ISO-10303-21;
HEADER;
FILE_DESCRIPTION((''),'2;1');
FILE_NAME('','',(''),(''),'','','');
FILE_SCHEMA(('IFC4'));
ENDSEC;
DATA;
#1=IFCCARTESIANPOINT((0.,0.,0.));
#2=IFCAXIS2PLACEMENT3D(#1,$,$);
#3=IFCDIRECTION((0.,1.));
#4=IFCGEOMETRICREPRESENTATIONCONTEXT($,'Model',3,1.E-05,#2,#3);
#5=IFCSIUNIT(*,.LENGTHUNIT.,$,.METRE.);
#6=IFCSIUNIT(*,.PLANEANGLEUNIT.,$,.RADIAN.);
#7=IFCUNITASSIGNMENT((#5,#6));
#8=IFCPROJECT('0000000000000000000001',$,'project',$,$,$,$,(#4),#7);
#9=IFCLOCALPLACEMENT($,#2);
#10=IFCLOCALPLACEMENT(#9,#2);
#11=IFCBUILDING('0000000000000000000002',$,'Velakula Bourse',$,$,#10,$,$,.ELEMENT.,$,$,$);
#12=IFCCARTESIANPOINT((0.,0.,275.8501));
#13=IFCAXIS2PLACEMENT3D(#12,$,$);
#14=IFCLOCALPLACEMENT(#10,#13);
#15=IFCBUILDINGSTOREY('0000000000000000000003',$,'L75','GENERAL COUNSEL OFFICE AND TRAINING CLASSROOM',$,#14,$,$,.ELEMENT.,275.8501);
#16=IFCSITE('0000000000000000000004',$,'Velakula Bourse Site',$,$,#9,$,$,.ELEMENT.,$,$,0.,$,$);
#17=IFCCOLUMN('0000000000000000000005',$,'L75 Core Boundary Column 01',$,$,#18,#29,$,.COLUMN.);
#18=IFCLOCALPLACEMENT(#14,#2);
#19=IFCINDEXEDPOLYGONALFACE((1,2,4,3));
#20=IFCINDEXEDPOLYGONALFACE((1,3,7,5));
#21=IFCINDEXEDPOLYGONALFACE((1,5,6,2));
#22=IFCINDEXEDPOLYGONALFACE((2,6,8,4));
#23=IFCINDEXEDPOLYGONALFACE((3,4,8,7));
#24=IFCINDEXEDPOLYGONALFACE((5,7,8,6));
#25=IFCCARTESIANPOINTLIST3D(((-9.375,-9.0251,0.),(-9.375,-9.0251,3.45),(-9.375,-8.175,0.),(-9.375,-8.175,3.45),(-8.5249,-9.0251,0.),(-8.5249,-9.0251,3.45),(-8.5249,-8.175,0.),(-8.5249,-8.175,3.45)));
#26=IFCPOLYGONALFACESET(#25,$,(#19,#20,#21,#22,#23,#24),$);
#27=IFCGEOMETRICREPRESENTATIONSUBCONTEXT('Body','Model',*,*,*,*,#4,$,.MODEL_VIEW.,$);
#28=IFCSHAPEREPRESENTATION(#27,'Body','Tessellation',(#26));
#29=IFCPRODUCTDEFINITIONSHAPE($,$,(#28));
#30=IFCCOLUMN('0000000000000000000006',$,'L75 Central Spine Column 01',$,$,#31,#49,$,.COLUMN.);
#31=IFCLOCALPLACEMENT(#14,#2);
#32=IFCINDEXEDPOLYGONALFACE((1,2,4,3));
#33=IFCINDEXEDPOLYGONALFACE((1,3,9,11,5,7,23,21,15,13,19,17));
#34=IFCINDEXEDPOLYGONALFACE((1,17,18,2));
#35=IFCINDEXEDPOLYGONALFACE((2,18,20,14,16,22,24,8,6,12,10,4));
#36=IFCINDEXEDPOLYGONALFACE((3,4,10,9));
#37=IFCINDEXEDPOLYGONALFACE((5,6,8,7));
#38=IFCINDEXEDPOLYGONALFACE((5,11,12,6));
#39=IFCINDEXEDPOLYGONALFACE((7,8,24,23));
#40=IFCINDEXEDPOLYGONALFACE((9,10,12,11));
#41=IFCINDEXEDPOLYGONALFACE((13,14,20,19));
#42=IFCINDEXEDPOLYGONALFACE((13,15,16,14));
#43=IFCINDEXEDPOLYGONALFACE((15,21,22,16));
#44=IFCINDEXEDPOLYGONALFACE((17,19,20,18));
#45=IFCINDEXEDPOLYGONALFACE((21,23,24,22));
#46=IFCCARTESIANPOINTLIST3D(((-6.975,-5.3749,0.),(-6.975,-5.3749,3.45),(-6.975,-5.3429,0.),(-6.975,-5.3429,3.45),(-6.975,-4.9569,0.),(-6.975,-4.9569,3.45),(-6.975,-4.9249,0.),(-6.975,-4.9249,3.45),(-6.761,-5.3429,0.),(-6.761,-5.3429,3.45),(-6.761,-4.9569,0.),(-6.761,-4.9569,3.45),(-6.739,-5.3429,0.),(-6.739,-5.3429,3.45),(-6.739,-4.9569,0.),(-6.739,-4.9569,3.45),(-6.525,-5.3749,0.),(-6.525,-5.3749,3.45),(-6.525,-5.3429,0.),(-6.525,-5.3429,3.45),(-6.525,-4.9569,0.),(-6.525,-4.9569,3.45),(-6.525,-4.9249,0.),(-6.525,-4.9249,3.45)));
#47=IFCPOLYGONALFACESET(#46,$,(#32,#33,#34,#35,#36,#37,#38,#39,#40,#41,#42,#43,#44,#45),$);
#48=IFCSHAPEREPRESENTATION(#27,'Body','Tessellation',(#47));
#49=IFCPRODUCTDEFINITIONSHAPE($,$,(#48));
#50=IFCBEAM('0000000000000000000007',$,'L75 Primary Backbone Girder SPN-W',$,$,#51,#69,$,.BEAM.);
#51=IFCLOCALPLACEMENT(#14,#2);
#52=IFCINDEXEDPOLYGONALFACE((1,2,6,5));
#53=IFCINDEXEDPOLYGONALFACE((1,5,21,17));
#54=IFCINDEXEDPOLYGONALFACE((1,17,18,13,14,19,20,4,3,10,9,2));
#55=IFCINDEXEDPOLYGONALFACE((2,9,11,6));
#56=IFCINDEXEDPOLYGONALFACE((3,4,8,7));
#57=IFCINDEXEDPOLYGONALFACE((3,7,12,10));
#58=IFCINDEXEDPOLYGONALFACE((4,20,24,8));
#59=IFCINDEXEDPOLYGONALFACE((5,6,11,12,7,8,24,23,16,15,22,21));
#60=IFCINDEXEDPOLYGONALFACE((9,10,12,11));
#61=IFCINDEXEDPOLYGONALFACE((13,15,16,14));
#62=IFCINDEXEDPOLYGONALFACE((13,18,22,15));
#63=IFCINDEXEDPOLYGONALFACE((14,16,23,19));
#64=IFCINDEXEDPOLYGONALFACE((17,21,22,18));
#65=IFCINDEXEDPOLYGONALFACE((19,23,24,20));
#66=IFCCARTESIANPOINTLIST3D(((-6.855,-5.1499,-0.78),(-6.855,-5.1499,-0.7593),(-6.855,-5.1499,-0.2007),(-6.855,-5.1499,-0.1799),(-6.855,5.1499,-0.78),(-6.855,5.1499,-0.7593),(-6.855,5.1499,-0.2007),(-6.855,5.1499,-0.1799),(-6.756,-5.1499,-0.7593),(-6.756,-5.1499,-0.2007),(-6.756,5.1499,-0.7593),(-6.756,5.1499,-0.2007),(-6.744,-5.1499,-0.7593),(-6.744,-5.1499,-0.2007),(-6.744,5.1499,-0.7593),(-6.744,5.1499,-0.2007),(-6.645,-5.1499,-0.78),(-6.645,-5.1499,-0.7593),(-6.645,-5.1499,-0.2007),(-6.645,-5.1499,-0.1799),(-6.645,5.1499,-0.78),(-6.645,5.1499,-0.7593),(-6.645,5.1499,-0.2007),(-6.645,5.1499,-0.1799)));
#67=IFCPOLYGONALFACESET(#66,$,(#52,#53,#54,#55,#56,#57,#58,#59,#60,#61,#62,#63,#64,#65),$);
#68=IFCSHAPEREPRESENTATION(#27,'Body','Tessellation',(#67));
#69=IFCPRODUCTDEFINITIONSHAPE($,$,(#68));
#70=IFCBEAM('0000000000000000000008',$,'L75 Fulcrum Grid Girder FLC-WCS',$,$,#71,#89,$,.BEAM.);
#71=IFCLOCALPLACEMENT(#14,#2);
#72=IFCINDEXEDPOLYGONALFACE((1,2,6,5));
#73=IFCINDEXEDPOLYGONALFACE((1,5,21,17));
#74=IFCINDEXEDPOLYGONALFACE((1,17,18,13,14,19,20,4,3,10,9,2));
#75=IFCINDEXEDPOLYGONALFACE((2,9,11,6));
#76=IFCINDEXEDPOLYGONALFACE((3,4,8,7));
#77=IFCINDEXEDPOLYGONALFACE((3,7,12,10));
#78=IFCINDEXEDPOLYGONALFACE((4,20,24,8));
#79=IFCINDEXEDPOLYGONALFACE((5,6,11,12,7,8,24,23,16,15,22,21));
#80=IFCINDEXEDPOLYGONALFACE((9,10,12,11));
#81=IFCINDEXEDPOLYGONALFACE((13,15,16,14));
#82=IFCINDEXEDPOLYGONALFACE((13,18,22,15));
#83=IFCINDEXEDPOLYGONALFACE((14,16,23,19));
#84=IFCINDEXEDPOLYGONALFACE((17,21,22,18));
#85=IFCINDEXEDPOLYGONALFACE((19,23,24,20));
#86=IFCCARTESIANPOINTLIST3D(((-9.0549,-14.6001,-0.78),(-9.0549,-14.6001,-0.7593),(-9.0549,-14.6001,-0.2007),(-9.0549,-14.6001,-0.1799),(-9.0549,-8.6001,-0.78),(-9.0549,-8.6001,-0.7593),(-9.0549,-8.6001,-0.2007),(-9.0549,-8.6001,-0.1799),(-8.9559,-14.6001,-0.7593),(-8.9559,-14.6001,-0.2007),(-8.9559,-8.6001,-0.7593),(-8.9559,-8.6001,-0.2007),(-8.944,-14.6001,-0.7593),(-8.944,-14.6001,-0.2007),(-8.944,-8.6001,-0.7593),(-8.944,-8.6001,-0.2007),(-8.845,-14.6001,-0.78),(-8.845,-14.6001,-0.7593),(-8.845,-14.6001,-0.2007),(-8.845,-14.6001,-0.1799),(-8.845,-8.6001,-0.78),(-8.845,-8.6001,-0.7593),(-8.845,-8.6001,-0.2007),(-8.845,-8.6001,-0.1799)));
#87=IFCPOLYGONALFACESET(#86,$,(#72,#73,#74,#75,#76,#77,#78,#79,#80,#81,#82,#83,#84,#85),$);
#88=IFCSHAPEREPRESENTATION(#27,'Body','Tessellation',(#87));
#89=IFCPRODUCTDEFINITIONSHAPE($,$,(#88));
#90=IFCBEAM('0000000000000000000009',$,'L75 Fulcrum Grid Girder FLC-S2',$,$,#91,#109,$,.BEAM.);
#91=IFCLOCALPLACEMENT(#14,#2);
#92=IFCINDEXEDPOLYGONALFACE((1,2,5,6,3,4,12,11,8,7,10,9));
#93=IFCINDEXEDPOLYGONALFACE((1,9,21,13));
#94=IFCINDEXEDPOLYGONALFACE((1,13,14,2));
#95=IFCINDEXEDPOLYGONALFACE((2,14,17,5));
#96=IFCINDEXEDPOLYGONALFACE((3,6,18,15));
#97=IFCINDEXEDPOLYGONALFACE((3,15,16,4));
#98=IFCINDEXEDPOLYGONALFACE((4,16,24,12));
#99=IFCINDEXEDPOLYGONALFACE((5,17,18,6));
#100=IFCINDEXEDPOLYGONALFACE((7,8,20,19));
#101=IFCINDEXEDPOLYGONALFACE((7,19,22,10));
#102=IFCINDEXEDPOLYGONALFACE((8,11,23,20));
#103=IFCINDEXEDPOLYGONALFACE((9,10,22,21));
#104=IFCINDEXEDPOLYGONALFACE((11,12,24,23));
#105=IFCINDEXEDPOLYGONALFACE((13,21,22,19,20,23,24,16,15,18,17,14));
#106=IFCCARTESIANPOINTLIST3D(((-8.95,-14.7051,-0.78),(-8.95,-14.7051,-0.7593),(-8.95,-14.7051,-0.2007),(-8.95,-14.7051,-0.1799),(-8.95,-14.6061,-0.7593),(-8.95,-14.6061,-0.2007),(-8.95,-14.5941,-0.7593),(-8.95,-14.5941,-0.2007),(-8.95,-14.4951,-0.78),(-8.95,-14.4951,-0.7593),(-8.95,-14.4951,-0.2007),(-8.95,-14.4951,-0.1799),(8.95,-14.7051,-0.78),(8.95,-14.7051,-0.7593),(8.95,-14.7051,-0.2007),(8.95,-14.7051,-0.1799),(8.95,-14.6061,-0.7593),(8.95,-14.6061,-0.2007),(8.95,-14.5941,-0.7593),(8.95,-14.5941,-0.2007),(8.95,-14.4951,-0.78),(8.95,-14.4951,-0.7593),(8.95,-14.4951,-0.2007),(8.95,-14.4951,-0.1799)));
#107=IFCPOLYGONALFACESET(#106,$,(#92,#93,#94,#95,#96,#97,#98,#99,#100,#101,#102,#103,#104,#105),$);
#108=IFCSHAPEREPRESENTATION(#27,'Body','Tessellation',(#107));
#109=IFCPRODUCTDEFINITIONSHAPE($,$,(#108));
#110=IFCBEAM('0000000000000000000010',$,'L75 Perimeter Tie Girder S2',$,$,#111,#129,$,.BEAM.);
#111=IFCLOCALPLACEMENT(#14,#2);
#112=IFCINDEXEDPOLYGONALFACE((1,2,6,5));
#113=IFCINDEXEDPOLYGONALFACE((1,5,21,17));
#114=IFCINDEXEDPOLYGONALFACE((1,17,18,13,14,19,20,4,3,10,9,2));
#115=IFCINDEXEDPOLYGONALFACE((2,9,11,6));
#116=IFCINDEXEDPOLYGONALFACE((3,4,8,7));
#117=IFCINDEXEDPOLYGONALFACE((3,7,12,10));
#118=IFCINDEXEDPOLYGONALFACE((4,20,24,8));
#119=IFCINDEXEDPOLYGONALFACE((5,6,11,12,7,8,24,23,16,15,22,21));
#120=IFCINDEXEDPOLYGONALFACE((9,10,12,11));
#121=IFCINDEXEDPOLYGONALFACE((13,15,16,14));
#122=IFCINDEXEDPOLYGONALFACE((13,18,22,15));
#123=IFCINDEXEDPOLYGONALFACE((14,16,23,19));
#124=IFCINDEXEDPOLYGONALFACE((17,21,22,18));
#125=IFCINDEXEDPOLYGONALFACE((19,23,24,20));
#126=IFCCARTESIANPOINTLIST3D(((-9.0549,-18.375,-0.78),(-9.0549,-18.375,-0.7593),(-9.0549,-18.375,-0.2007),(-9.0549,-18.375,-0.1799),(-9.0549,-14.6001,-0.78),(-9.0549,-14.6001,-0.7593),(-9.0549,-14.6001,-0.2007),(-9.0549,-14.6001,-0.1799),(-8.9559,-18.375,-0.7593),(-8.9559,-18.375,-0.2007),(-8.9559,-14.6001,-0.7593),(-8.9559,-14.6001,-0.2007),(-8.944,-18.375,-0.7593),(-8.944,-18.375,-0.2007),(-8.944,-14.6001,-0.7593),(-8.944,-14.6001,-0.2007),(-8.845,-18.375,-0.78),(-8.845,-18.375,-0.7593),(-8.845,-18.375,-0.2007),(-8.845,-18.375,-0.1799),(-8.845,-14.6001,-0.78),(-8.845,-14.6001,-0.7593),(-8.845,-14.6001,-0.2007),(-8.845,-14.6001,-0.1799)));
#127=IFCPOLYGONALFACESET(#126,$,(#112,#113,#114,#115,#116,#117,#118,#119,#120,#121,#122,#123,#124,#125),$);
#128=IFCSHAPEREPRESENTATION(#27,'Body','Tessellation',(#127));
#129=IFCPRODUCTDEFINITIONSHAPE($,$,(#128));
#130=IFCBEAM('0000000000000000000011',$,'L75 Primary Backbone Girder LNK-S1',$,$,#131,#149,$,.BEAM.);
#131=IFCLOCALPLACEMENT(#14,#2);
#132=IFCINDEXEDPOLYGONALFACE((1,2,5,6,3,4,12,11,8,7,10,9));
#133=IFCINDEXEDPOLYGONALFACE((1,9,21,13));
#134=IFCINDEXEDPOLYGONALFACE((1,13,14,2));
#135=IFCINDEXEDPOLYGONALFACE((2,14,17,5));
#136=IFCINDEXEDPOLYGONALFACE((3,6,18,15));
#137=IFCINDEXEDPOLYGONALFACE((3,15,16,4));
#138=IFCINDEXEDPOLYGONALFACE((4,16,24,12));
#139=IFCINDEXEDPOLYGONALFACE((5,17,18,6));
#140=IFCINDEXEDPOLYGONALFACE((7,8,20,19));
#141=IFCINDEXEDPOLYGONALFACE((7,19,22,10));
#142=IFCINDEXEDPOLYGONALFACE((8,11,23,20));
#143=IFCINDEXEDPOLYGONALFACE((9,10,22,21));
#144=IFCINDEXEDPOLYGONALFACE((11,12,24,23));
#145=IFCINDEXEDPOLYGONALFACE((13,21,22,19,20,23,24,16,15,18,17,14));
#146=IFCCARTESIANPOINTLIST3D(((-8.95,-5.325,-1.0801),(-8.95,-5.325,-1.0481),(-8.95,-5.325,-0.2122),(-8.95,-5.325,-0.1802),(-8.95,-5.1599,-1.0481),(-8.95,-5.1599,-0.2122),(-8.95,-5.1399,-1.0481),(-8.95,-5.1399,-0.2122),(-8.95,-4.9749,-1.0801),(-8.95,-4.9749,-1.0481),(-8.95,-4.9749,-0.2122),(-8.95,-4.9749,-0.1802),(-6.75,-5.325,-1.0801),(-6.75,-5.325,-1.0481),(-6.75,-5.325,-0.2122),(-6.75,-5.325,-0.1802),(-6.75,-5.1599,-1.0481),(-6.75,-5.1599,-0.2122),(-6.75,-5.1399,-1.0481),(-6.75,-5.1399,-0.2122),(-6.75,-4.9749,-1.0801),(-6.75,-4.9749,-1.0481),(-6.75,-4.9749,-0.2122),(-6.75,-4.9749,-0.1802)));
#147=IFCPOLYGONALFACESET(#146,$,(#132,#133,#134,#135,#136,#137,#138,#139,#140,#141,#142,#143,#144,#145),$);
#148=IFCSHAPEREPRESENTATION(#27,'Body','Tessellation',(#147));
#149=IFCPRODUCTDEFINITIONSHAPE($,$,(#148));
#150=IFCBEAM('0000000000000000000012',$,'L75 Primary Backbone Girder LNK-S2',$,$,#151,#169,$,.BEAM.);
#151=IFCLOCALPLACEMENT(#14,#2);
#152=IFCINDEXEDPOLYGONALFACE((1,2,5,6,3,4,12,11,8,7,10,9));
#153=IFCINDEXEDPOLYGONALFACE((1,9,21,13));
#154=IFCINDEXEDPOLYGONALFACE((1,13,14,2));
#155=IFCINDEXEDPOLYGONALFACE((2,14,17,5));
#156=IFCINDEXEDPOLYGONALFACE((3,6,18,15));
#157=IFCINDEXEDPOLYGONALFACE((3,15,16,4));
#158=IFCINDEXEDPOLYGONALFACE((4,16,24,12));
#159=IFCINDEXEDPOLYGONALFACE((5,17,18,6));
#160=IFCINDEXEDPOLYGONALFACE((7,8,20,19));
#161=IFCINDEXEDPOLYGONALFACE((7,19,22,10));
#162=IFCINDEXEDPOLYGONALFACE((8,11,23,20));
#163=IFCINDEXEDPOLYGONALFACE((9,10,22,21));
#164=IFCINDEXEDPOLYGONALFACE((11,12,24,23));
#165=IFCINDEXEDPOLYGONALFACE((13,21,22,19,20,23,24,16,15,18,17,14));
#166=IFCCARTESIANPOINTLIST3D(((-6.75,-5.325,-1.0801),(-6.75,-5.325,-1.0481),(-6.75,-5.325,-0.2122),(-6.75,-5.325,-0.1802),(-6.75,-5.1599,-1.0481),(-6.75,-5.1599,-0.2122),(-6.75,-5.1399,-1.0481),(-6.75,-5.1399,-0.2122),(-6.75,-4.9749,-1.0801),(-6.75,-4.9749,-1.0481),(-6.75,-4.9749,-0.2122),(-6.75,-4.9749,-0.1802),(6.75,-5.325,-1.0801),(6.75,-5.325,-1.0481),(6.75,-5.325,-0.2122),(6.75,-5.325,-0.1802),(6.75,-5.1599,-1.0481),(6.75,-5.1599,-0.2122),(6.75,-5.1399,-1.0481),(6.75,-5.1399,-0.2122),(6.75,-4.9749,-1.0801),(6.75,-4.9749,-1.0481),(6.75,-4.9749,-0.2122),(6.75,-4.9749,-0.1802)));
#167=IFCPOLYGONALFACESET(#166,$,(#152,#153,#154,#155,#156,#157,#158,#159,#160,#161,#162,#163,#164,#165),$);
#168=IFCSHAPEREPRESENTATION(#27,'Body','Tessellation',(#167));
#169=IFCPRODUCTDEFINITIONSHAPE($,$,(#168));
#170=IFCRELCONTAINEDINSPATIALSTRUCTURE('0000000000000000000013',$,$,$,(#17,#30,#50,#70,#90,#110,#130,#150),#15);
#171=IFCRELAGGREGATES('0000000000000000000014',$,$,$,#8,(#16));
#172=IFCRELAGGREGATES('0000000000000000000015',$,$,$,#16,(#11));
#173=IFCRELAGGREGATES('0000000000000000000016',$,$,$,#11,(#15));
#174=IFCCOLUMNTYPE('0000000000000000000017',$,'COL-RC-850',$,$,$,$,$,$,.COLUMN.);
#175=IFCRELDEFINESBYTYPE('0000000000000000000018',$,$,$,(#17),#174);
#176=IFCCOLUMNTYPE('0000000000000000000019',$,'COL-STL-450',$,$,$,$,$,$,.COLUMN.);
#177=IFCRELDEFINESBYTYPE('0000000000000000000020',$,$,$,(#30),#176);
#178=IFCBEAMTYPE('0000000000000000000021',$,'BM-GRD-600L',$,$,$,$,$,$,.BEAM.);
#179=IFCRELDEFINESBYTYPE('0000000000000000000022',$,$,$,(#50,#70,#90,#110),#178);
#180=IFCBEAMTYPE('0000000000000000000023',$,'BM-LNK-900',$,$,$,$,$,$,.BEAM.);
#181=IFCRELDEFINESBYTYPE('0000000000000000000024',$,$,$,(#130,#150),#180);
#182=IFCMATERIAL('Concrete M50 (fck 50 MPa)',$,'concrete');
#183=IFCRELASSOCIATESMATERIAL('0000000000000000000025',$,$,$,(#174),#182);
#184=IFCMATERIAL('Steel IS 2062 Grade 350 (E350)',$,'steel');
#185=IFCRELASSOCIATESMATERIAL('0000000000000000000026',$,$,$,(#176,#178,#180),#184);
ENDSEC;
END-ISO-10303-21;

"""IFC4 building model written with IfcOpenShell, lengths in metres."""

from ifc_helpers import new_model, si_unit, direction, frame, origin, origin_2d, place, context, subcontext, project, spatial, rectangle, i_section, extrude, material, material_profile, profile_set, type_object, element, save


model = new_model("IFC4")

# Units and contexts
model_context = context("Model", 3, precision=1e-05, world=origin(), true_north=direction((0.0, 1.0)))
body_context = subcontext(model_context, "Body", "Model", "MODEL_VIEW")
ifc_project = project(units=[si_unit("LENGTHUNIT", "METRE"), si_unit("PLANEANGLEUNIT", "RADIAN")], contexts=[model_context])

# Site, building, storey
site_placement = place(None, origin())
site = spatial("IfcSite", under=ifc_project, at=site_placement, Name="Velakula Bourse Site", CompositionType="ELEMENT", RefElevation=0.0)
building_placement = place(site_placement, origin())
building = spatial("IfcBuilding", under=site, at=building_placement, Name="Velakula Bourse", CompositionType="ELEMENT")
storey_placement = place(building_placement, frame((0.0, 0.0, 275.8501)))
storey = spatial("IfcBuildingStorey", under=building, at=storey_placement, Name="L75", Description="GENERAL COUNSEL OFFICE AND TRAINING CLASSROOM", CompositionType="ELEMENT", Elevation=275.8501)

# Columns
ifc_material_1 = material(Name="Concrete M50 (fck 50 MPa)", Category="concrete")
ifc_material_profile_1 = material_profile(ifc_material_1, rectangle(XDim=0.8501, YDim=0.8501, at=origin_2d()), Name="Concrete M50 (fck 50 MPa)")
ifc_profile_set_1 = profile_set([ifc_material_profile_1], Name="Concrete M50 (fck 50 MPa)")
column_type_1 = type_object("IfcColumnType", Name="COL-RC-850", PredefinedType="COLUMN", material=ifc_profile_set_1)
column_1_placement = place(storey_placement, frame((-8.95, -8.6001, 0.0), z_axis=(0.0, 0.0, 1.0), x_axis=(1.0, 0.0, 0.0)))
element("IfcColumn", 1, at=column_1_placement, inside=storey, type_object=column_type_1, Name="L75 Core Boundary Column 01", PredefinedType="COLUMN", context=body_context, shape_type="SweptSolid", body=[
    extrude(rectangle(XDim=0.8501, YDim=0.8501, at=origin_2d()), origin(), (0.0, 0.0, 1.0), 3.45),
])
ifc_material_2 = material(Name="Steel IS 2062 Grade 350 (E350)", Category="steel")
ifc_material_profile_2 = material_profile(ifc_material_2, i_section(OverallWidth=0.45, OverallDepth=0.45, WebThickness=0.022, FlangeThickness=0.032, at=origin_2d()), Name="Steel IS 2062 Grade 350 (E350)")
ifc_profile_set_2 = profile_set([ifc_material_profile_2], Name="Steel IS 2062 Grade 350 (E350)")
column_type_2 = type_object("IfcColumnType", Name="COL-STL-450", PredefinedType="COLUMN", material=ifc_profile_set_2)
column_2_placement = place(storey_placement, frame((-6.75, -5.1499, 0.0), z_axis=(0.0, 0.0, 1.0), x_axis=(1.0, 0.0, 0.0)))
element("IfcColumn", 2, at=column_2_placement, inside=storey, type_object=column_type_2, Name="L75 Central Spine Column 01", PredefinedType="COLUMN", context=body_context, shape_type="SweptSolid", body=[
    extrude(i_section(OverallWidth=0.45, OverallDepth=0.45, WebThickness=0.022, FlangeThickness=0.032, at=origin_2d()), origin(), (0.0, 0.0, 1.0), 3.45),
])

# Beams
ifc_material_profile_3 = material_profile(ifc_material_2, i_section(OverallWidth=0.21, OverallDepth=0.6001, WebThickness=0.012, FlangeThickness=0.0208, at=origin_2d()), Name="Steel IS 2062 Grade 350 (E350)")
ifc_profile_set_3 = profile_set([ifc_material_profile_3], Name="Steel IS 2062 Grade 350 (E350)")
beam_type_1 = type_object("IfcBeamType", Name="BM-GRD-600L", PredefinedType="BEAM", material=ifc_profile_set_3)
beam_1_placement = place(storey_placement, frame((-6.75, -5.1499, -0.48), z_axis=(0.0, 1.0, 0.0), x_axis=(-1.0, 0.0, 0.0)))
element("IfcBeam", 3, at=beam_1_placement, inside=storey, type_object=beam_type_1, Name="L75 Primary Backbone Girder SPN-W", PredefinedType="BEAM", context=body_context, shape_type="SweptSolid", body=[
    extrude(i_section(OverallWidth=0.21, OverallDepth=0.6001, WebThickness=0.012, FlangeThickness=0.0208, at=origin_2d()), origin(), (0.0, 0.0, 1.0), 10.2998),
])
beam_2_placement = place(storey_placement, frame((-8.95, -14.6001, -0.48), z_axis=(0.0, 1.0, 0.0), x_axis=(-1.0, 0.0, 0.0)))
element("IfcBeam", 4, at=beam_2_placement, inside=storey, type_object=beam_type_1, Name="L75 Fulcrum Grid Girder FLC-WCS", PredefinedType="BEAM", context=body_context, shape_type="SweptSolid", body=[
    extrude(i_section(OverallWidth=0.21, OverallDepth=0.6001, WebThickness=0.012, FlangeThickness=0.0208, at=origin_2d()), origin(), (0.0, 0.0, 1.0), 6.0),
])
beam_3_placement = place(storey_placement, frame((-8.95, -14.6001, -0.48), z_axis=(1.0, 0.0, 0.0), x_axis=(0.0, 1.0, 0.0)))
element("IfcBeam", 5, at=beam_3_placement, inside=storey, type_object=beam_type_1, Name="L75 Fulcrum Grid Girder FLC-S2", PredefinedType="BEAM", context=body_context, shape_type="SweptSolid", body=[
    extrude(i_section(OverallWidth=0.21, OverallDepth=0.6001, WebThickness=0.012, FlangeThickness=0.0208, at=origin_2d()), origin(), (0.0, 0.0, 1.0), 17.8999),
])
beam_4_placement = place(storey_placement, frame((-8.95, -14.6001, -0.48), z_axis=(0.0, -1.0, 0.0), x_axis=(1.0, 0.0, 0.0)))
element("IfcBeam", 6, at=beam_4_placement, inside=storey, type_object=beam_type_1, Name="L75 Perimeter Tie Girder S2", PredefinedType="BEAM", context=body_context, shape_type="SweptSolid", body=[
    extrude(i_section(OverallWidth=0.21, OverallDepth=0.6001, WebThickness=0.012, FlangeThickness=0.0208, at=origin_2d()), origin(), (0.0, 0.0, 1.0), 3.7749),
])
ifc_material_profile_4 = material_profile(ifc_material_2, i_section(OverallWidth=0.3501, OverallDepth=0.8999, WebThickness=0.02, FlangeThickness=0.032, at=origin_2d()), Name="Steel IS 2062 Grade 350 (E350)")
ifc_profile_set_4 = profile_set([ifc_material_profile_4], Name="Steel IS 2062 Grade 350 (E350)")
beam_type_2 = type_object("IfcBeamType", Name="BM-LNK-900", PredefinedType="BEAM", material=ifc_profile_set_4)
beam_5_placement = place(storey_placement, frame((-8.95, -5.1499, -0.6301), z_axis=(1.0, 0.0, 0.0), x_axis=(0.0, 1.0, 0.0)))
element("IfcBeam", 7, at=beam_5_placement, inside=storey, type_object=beam_type_2, Name="L75 Primary Backbone Girder LNK-S1", PredefinedType="BEAM", context=body_context, shape_type="SweptSolid", body=[
    extrude(i_section(OverallWidth=0.3501, OverallDepth=0.8999, WebThickness=0.02, FlangeThickness=0.032, at=origin_2d()), origin(), (0.0, 0.0, 1.0), 2.2),
])
beam_6_placement = place(storey_placement, frame((-6.75, -5.1499, -0.6301), z_axis=(1.0, 0.0, 0.0), x_axis=(0.0, 1.0, 0.0)))
element("IfcBeam", 8, at=beam_6_placement, inside=storey, type_object=beam_type_2, Name="L75 Primary Backbone Girder LNK-S2", PredefinedType="BEAM", context=body_context, shape_type="SweptSolid", body=[
    extrude(i_section(OverallWidth=0.3501, OverallDepth=0.8999, WebThickness=0.02, FlangeThickness=0.032, at=origin_2d()), origin(), (0.0, 0.0, 1.0), 13.5),
])

save(model, "model.ifc")
